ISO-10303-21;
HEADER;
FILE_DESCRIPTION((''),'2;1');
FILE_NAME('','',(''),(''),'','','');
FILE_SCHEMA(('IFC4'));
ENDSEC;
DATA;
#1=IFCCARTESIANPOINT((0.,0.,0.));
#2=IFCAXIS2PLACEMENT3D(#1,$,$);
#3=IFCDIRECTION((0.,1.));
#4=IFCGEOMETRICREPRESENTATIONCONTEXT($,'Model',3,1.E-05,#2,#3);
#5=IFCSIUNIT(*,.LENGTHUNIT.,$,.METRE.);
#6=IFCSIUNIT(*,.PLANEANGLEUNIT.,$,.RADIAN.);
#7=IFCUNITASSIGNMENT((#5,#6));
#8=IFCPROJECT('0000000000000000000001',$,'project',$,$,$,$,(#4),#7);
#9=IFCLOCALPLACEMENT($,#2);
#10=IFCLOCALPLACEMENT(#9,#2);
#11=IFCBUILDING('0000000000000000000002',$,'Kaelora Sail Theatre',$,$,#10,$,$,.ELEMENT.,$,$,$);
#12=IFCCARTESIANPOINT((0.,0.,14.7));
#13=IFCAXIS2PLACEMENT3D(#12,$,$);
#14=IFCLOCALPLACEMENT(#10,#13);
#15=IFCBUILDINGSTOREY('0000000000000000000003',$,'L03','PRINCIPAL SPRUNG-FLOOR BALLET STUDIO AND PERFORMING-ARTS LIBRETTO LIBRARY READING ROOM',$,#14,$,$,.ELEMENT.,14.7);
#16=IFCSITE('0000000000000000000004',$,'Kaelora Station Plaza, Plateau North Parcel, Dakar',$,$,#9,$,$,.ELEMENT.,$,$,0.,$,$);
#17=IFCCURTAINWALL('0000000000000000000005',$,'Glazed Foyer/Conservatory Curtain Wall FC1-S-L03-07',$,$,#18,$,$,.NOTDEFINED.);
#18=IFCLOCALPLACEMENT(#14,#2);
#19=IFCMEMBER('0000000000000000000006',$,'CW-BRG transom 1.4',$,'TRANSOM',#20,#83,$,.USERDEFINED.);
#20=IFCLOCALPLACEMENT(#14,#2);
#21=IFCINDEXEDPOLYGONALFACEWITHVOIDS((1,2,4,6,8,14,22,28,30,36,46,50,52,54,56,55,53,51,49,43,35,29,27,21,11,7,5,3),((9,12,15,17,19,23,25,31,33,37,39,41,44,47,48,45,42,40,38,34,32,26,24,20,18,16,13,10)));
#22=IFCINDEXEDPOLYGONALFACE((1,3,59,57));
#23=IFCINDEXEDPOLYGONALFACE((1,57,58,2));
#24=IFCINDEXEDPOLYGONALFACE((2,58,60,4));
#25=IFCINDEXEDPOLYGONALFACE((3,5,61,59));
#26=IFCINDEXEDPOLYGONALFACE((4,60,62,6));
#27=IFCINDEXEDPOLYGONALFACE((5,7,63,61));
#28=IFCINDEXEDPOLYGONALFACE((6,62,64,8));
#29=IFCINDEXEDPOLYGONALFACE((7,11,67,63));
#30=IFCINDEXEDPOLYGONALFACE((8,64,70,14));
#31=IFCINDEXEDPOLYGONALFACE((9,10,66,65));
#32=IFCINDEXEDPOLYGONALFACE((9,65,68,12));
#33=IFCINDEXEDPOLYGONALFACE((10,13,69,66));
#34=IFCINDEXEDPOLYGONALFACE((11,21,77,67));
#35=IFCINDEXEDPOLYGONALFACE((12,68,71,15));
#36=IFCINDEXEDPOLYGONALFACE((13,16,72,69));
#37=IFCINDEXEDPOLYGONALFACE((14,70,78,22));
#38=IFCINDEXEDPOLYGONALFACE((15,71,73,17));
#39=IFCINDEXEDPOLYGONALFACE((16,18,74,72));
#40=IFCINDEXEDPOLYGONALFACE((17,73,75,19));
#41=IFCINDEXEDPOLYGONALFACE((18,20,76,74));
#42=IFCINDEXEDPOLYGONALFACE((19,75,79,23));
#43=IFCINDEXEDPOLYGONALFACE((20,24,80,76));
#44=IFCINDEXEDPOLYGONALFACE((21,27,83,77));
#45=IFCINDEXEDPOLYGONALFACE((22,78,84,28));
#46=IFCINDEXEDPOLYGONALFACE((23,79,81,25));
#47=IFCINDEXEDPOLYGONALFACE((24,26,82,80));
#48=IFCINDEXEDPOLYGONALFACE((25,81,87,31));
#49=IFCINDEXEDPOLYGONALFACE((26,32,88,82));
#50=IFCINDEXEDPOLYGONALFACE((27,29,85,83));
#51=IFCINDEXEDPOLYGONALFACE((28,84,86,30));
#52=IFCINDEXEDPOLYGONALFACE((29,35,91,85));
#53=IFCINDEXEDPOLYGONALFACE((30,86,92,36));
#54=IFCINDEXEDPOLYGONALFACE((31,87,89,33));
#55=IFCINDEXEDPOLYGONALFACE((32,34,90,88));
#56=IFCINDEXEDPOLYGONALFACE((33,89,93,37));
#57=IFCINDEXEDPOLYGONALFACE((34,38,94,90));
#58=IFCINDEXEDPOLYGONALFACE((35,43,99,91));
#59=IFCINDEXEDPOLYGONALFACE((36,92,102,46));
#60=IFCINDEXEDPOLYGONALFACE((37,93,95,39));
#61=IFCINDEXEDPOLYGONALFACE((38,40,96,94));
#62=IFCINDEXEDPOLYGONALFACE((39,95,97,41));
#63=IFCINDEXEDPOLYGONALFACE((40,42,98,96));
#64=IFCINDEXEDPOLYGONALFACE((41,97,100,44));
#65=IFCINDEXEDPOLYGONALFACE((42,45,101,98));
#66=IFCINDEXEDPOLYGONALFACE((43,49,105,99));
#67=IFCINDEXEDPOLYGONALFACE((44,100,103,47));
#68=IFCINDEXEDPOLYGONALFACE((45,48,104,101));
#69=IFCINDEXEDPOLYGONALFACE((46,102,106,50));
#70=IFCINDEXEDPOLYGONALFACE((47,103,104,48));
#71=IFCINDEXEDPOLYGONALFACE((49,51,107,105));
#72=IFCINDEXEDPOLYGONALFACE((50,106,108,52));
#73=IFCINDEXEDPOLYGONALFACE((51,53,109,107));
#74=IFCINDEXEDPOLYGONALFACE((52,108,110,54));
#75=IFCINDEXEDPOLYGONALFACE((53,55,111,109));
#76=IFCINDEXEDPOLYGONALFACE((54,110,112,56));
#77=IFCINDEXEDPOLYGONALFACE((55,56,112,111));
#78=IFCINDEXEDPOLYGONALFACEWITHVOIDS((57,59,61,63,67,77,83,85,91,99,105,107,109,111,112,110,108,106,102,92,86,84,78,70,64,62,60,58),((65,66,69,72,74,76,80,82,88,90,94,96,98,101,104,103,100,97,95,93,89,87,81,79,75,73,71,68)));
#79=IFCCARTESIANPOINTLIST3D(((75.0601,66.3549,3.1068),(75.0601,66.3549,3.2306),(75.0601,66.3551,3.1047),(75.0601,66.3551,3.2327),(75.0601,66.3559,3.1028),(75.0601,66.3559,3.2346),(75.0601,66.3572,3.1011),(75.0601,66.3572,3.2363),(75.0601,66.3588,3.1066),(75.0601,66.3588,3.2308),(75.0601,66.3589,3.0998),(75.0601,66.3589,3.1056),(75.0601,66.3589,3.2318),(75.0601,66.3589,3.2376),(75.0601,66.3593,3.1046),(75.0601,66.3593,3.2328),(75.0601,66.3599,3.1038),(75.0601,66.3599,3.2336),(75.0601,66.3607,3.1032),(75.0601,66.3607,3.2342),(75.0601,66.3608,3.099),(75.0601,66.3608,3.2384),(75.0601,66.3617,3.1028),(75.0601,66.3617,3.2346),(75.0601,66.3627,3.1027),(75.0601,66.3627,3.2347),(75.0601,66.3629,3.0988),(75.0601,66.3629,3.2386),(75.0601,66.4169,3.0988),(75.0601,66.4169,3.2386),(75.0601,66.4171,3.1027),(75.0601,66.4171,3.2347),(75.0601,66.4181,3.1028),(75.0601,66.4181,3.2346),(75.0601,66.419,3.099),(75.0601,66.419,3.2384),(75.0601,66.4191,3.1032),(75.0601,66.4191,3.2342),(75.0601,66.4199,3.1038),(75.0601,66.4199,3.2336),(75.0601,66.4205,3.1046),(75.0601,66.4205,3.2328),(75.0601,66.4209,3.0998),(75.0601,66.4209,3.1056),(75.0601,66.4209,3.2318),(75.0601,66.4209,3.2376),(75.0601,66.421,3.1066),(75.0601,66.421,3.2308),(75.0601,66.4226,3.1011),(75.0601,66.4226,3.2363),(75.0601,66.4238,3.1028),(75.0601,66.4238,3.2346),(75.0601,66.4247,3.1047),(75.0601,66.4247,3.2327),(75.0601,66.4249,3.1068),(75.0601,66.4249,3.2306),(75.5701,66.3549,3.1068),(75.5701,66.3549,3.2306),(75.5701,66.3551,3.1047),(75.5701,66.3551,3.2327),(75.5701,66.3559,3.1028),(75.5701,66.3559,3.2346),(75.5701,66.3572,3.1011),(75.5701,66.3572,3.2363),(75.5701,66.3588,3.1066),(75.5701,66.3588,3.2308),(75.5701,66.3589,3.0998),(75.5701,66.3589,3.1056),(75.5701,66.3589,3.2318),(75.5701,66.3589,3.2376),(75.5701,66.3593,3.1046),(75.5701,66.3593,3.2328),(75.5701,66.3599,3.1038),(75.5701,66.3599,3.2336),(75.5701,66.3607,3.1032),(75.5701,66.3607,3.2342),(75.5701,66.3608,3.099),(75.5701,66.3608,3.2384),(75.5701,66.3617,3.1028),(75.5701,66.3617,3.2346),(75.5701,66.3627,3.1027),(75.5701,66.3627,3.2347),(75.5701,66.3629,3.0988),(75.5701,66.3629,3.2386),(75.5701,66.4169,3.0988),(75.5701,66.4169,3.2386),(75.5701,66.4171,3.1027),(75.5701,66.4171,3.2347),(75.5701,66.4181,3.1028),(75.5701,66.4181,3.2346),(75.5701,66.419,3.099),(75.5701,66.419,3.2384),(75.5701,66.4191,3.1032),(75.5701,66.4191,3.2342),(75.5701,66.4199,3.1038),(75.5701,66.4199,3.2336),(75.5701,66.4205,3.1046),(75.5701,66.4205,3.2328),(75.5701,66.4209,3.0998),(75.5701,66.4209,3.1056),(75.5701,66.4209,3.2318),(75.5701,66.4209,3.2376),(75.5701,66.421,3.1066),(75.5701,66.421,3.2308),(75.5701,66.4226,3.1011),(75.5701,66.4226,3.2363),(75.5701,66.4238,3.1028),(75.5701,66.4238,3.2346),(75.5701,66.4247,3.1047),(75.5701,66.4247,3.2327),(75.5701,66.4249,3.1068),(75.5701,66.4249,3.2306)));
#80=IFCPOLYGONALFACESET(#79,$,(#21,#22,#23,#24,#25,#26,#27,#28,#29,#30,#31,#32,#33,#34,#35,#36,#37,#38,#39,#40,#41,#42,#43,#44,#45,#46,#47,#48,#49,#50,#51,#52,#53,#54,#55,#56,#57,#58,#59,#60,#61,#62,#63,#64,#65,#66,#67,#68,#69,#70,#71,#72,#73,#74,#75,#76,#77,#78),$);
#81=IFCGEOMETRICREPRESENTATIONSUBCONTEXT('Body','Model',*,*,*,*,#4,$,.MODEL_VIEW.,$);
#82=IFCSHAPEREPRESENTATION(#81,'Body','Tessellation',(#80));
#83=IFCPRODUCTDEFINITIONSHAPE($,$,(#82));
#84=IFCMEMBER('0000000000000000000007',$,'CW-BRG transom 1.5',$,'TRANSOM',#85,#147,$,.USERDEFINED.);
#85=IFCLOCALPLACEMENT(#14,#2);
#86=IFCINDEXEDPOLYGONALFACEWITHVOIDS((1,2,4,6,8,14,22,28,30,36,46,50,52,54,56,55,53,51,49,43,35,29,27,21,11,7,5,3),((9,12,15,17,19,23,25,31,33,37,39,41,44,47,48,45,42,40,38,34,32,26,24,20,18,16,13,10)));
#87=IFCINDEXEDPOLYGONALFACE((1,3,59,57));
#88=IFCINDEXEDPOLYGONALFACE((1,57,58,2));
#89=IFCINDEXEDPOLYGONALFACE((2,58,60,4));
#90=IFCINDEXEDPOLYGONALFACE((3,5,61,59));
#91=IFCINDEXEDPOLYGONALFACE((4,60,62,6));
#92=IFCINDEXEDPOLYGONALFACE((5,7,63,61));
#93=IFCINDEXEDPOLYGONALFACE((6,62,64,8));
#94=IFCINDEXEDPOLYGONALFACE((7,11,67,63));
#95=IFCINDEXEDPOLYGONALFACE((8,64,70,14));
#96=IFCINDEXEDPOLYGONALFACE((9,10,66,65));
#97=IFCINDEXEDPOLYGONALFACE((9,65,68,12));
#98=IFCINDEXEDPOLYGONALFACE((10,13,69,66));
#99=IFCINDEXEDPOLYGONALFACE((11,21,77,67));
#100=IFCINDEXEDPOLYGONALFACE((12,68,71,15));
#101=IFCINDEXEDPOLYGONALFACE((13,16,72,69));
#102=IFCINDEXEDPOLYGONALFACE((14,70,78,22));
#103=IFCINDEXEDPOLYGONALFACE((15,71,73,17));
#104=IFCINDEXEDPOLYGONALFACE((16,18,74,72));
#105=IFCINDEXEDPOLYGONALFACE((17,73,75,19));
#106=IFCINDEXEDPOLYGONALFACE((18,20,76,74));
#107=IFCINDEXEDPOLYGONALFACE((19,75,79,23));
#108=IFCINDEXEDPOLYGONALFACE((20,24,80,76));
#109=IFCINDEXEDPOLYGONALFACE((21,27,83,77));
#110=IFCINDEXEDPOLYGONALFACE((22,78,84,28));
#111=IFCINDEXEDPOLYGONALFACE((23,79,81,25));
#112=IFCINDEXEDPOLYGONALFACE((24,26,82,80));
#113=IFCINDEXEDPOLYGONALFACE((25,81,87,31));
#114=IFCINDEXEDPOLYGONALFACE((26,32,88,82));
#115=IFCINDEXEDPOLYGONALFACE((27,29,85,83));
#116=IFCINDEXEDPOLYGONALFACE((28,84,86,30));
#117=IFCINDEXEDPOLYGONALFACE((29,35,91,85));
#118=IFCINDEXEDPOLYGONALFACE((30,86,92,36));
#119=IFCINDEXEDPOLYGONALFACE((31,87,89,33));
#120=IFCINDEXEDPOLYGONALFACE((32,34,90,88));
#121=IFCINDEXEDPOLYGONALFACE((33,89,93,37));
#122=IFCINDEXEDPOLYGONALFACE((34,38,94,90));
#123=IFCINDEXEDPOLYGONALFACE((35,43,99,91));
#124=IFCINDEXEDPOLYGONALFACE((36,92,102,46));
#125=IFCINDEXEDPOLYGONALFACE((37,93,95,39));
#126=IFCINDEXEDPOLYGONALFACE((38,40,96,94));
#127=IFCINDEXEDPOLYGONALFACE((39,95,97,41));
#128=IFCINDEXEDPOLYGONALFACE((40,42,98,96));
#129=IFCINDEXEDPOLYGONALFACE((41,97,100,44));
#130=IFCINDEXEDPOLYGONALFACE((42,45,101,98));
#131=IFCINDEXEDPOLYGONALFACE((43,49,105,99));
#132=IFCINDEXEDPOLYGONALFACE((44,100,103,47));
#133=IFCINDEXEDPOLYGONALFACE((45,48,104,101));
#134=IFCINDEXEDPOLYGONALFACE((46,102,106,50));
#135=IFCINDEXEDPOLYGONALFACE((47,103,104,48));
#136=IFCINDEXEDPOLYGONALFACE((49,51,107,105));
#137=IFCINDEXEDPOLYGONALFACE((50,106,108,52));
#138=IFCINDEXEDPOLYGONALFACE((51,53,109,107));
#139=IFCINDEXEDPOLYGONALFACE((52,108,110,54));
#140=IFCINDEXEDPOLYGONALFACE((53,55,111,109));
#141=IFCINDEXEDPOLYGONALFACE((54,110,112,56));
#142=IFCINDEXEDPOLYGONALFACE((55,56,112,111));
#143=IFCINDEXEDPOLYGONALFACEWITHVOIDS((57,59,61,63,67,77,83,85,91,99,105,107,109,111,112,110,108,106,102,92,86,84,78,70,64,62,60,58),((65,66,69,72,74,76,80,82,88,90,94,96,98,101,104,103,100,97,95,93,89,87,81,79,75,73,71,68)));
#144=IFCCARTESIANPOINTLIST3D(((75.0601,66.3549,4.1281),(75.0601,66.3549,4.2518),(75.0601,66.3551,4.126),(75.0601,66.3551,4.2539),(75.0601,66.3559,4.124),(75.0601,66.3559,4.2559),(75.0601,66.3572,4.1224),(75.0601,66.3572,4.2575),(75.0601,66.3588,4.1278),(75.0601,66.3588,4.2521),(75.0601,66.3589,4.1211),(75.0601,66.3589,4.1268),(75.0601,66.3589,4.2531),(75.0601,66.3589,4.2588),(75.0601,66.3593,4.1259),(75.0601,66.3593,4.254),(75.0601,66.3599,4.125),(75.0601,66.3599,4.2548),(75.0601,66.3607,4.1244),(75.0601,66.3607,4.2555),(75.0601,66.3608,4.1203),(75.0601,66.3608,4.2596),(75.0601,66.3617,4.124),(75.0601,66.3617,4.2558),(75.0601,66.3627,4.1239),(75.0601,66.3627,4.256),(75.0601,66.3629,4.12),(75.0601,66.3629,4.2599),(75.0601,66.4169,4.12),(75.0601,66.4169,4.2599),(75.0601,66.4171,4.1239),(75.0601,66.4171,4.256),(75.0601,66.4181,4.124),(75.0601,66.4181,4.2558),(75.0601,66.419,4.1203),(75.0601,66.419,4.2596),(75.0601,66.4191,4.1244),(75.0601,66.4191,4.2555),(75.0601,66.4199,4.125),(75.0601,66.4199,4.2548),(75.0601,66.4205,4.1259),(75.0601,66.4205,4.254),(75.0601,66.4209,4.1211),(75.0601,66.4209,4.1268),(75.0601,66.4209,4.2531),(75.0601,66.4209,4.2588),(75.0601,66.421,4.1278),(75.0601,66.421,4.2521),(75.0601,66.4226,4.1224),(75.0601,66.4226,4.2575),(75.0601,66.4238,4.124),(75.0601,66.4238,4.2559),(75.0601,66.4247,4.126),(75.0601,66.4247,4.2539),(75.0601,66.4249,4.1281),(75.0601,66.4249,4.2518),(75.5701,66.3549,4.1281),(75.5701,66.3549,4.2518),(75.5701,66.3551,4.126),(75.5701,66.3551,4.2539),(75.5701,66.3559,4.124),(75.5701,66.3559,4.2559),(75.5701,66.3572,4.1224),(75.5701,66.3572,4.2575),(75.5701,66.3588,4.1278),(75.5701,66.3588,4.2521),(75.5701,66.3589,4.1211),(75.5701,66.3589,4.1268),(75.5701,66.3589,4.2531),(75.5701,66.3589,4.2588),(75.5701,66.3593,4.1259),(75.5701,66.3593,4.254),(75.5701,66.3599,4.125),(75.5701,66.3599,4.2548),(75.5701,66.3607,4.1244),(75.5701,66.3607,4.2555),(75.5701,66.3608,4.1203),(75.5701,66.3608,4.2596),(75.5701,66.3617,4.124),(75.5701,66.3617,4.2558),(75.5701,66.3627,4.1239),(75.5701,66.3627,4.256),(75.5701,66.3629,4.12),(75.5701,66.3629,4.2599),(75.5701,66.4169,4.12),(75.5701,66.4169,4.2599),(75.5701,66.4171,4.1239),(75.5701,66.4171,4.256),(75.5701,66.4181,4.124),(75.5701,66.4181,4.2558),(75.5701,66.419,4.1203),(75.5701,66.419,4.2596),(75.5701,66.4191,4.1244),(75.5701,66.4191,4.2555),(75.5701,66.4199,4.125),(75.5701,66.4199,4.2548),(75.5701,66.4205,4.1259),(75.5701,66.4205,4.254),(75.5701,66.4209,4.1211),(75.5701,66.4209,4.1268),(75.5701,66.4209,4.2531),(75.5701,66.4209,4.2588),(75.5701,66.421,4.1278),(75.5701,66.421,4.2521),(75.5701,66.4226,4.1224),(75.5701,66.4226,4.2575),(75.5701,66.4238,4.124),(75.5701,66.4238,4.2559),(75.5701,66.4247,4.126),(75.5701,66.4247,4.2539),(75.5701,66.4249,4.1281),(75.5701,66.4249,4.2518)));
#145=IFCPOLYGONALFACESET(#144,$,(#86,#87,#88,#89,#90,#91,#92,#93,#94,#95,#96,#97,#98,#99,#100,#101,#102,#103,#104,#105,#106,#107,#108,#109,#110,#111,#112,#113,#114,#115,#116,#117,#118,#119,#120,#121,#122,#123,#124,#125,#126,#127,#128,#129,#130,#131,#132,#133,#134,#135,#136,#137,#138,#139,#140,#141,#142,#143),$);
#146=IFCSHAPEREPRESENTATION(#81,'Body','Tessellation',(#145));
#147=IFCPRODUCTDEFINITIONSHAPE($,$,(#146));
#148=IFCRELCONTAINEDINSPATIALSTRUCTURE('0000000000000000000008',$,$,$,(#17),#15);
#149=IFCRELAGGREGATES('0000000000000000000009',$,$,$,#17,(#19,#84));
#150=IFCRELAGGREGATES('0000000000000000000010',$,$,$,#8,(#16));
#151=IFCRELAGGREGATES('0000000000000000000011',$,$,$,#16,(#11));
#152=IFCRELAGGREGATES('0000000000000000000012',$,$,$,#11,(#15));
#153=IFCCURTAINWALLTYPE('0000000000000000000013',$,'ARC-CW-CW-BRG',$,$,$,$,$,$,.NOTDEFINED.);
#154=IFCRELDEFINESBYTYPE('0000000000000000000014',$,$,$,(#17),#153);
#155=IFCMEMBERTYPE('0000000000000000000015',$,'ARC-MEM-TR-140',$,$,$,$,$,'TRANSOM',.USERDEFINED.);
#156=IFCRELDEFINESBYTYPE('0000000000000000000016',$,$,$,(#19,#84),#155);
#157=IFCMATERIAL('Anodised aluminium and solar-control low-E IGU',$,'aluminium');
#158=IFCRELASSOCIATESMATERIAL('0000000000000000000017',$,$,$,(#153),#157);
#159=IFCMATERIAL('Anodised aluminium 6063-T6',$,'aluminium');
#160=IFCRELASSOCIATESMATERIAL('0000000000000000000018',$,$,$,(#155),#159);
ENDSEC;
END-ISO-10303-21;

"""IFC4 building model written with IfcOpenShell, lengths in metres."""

from ifc_helpers import new_model, si_unit, direction, frame, origin, origin_2d, place, context, subcontext, project, spatial, hollow_rectangle, extrude, material, material_profile, profile_set, type_object, element, aggregate, save


model = new_model("IFC4")

# Units and contexts
model_context = context("Model", 3, precision=1e-05, world=origin(), true_north=direction((0.0, 1.0)))
body_context = subcontext(model_context, "Body", "Model", "MODEL_VIEW")
ifc_project = project(units=[si_unit("LENGTHUNIT", "METRE"), si_unit("PLANEANGLEUNIT", "RADIAN")], contexts=[model_context])

# Site, building, storey
site_placement = place(None, origin())
site = spatial("IfcSite", under=ifc_project, at=site_placement, Name="Kaelora Station Plaza, Plateau North Parcel, Dakar", CompositionType="ELEMENT", RefElevation=0.0)
building_placement = place(site_placement, origin())
building = spatial("IfcBuilding", under=site, at=building_placement, Name="Kaelora Sail Theatre", CompositionType="ELEMENT")
storey_placement = place(building_placement, frame((0.0, 0.0, 14.7)))
storey = spatial("IfcBuildingStorey", under=building, at=storey_placement, Name="L03", Description="PRINCIPAL SPRUNG-FLOOR BALLET STUDIO AND PERFORMING-ARTS LIBRETTO LIBRARY READING ROOM", CompositionType="ELEMENT", Elevation=14.7)

# Curtain wall
ifc_material_1 = material(Name="Anodised aluminium and solar-control low-E IGU", Category="aluminium")
curtain_wall_type = type_object("IfcCurtainWallType", Name="ARC-CW-CW-BRG", PredefinedType="NOTDEFINED", material=ifc_material_1)
curtain_wall_1_placement = place(storey_placement, origin())
curtain_wall_1 = element("IfcCurtainWall", 1, at=curtain_wall_1_placement, inside=storey, type_object=curtain_wall_type, Name="Glazed Foyer/Conservatory Curtain Wall FC1-S-L03-07", PredefinedType="NOTDEFINED")

# Members
ifc_material_2 = material(Name="Anodised aluminium 6063-T6", Category="aluminium")
ifc_material_profile_1 = material_profile(ifc_material_2, hollow_rectangle(XDim=0.0701, YDim=0.1399, WallThickness=0.0039, InnerFilletRadius=0.0039, OuterFilletRadius=0.0081, at=origin_2d()), Name="ALU-TRAN 70x140x4")
ifc_profile_set_1 = profile_set([ifc_material_profile_1], Name="Anodised aluminium 6063-T6")
member_type_1 = type_object("IfcMemberType", Name="ARC-MEM-TR-140", ElementType="TRANSOM", PredefinedType="USERDEFINED", material=ifc_profile_set_1)
member_1_placement = place(storey_placement, frame((75.0601, 66.3899, 3.1687), z_axis=(1.0, 0.0, 0.0), x_axis=(0.0, 1.0, 0.0)))
member_1 = element("IfcMember", 2, at=member_1_placement, type_object=member_type_1, Name="CW-BRG transom 1.4", ObjectType="TRANSOM", PredefinedType="USERDEFINED", context=body_context, shape_type="SweptSolid", body=[
    extrude(hollow_rectangle(XDim=0.0701, YDim=0.1399, WallThickness=0.0039, InnerFilletRadius=0.0039, OuterFilletRadius=0.0081, at=origin_2d()), origin(), (0.0, 0.0, 1.0), 0.51),
])
member_2_placement = place(storey_placement, frame((75.0601, 66.3899, 4.1899), z_axis=(1.0, 0.0, 0.0), x_axis=(0.0, 1.0, 0.0)))
member_2 = element("IfcMember", 3, at=member_2_placement, type_object=member_type_1, Name="CW-BRG transom 1.5", ObjectType="TRANSOM", PredefinedType="USERDEFINED", context=body_context, shape_type="SweptSolid", body=[
    extrude(hollow_rectangle(XDim=0.0701, YDim=0.1399, WallThickness=0.0039, InnerFilletRadius=0.0039, OuterFilletRadius=0.0081, at=origin_2d()), origin(), (0.0, 0.0, 1.0), 0.51),
])

aggregate(curtain_wall_1, [member_1, member_2])

save(model, "model.ifc")
